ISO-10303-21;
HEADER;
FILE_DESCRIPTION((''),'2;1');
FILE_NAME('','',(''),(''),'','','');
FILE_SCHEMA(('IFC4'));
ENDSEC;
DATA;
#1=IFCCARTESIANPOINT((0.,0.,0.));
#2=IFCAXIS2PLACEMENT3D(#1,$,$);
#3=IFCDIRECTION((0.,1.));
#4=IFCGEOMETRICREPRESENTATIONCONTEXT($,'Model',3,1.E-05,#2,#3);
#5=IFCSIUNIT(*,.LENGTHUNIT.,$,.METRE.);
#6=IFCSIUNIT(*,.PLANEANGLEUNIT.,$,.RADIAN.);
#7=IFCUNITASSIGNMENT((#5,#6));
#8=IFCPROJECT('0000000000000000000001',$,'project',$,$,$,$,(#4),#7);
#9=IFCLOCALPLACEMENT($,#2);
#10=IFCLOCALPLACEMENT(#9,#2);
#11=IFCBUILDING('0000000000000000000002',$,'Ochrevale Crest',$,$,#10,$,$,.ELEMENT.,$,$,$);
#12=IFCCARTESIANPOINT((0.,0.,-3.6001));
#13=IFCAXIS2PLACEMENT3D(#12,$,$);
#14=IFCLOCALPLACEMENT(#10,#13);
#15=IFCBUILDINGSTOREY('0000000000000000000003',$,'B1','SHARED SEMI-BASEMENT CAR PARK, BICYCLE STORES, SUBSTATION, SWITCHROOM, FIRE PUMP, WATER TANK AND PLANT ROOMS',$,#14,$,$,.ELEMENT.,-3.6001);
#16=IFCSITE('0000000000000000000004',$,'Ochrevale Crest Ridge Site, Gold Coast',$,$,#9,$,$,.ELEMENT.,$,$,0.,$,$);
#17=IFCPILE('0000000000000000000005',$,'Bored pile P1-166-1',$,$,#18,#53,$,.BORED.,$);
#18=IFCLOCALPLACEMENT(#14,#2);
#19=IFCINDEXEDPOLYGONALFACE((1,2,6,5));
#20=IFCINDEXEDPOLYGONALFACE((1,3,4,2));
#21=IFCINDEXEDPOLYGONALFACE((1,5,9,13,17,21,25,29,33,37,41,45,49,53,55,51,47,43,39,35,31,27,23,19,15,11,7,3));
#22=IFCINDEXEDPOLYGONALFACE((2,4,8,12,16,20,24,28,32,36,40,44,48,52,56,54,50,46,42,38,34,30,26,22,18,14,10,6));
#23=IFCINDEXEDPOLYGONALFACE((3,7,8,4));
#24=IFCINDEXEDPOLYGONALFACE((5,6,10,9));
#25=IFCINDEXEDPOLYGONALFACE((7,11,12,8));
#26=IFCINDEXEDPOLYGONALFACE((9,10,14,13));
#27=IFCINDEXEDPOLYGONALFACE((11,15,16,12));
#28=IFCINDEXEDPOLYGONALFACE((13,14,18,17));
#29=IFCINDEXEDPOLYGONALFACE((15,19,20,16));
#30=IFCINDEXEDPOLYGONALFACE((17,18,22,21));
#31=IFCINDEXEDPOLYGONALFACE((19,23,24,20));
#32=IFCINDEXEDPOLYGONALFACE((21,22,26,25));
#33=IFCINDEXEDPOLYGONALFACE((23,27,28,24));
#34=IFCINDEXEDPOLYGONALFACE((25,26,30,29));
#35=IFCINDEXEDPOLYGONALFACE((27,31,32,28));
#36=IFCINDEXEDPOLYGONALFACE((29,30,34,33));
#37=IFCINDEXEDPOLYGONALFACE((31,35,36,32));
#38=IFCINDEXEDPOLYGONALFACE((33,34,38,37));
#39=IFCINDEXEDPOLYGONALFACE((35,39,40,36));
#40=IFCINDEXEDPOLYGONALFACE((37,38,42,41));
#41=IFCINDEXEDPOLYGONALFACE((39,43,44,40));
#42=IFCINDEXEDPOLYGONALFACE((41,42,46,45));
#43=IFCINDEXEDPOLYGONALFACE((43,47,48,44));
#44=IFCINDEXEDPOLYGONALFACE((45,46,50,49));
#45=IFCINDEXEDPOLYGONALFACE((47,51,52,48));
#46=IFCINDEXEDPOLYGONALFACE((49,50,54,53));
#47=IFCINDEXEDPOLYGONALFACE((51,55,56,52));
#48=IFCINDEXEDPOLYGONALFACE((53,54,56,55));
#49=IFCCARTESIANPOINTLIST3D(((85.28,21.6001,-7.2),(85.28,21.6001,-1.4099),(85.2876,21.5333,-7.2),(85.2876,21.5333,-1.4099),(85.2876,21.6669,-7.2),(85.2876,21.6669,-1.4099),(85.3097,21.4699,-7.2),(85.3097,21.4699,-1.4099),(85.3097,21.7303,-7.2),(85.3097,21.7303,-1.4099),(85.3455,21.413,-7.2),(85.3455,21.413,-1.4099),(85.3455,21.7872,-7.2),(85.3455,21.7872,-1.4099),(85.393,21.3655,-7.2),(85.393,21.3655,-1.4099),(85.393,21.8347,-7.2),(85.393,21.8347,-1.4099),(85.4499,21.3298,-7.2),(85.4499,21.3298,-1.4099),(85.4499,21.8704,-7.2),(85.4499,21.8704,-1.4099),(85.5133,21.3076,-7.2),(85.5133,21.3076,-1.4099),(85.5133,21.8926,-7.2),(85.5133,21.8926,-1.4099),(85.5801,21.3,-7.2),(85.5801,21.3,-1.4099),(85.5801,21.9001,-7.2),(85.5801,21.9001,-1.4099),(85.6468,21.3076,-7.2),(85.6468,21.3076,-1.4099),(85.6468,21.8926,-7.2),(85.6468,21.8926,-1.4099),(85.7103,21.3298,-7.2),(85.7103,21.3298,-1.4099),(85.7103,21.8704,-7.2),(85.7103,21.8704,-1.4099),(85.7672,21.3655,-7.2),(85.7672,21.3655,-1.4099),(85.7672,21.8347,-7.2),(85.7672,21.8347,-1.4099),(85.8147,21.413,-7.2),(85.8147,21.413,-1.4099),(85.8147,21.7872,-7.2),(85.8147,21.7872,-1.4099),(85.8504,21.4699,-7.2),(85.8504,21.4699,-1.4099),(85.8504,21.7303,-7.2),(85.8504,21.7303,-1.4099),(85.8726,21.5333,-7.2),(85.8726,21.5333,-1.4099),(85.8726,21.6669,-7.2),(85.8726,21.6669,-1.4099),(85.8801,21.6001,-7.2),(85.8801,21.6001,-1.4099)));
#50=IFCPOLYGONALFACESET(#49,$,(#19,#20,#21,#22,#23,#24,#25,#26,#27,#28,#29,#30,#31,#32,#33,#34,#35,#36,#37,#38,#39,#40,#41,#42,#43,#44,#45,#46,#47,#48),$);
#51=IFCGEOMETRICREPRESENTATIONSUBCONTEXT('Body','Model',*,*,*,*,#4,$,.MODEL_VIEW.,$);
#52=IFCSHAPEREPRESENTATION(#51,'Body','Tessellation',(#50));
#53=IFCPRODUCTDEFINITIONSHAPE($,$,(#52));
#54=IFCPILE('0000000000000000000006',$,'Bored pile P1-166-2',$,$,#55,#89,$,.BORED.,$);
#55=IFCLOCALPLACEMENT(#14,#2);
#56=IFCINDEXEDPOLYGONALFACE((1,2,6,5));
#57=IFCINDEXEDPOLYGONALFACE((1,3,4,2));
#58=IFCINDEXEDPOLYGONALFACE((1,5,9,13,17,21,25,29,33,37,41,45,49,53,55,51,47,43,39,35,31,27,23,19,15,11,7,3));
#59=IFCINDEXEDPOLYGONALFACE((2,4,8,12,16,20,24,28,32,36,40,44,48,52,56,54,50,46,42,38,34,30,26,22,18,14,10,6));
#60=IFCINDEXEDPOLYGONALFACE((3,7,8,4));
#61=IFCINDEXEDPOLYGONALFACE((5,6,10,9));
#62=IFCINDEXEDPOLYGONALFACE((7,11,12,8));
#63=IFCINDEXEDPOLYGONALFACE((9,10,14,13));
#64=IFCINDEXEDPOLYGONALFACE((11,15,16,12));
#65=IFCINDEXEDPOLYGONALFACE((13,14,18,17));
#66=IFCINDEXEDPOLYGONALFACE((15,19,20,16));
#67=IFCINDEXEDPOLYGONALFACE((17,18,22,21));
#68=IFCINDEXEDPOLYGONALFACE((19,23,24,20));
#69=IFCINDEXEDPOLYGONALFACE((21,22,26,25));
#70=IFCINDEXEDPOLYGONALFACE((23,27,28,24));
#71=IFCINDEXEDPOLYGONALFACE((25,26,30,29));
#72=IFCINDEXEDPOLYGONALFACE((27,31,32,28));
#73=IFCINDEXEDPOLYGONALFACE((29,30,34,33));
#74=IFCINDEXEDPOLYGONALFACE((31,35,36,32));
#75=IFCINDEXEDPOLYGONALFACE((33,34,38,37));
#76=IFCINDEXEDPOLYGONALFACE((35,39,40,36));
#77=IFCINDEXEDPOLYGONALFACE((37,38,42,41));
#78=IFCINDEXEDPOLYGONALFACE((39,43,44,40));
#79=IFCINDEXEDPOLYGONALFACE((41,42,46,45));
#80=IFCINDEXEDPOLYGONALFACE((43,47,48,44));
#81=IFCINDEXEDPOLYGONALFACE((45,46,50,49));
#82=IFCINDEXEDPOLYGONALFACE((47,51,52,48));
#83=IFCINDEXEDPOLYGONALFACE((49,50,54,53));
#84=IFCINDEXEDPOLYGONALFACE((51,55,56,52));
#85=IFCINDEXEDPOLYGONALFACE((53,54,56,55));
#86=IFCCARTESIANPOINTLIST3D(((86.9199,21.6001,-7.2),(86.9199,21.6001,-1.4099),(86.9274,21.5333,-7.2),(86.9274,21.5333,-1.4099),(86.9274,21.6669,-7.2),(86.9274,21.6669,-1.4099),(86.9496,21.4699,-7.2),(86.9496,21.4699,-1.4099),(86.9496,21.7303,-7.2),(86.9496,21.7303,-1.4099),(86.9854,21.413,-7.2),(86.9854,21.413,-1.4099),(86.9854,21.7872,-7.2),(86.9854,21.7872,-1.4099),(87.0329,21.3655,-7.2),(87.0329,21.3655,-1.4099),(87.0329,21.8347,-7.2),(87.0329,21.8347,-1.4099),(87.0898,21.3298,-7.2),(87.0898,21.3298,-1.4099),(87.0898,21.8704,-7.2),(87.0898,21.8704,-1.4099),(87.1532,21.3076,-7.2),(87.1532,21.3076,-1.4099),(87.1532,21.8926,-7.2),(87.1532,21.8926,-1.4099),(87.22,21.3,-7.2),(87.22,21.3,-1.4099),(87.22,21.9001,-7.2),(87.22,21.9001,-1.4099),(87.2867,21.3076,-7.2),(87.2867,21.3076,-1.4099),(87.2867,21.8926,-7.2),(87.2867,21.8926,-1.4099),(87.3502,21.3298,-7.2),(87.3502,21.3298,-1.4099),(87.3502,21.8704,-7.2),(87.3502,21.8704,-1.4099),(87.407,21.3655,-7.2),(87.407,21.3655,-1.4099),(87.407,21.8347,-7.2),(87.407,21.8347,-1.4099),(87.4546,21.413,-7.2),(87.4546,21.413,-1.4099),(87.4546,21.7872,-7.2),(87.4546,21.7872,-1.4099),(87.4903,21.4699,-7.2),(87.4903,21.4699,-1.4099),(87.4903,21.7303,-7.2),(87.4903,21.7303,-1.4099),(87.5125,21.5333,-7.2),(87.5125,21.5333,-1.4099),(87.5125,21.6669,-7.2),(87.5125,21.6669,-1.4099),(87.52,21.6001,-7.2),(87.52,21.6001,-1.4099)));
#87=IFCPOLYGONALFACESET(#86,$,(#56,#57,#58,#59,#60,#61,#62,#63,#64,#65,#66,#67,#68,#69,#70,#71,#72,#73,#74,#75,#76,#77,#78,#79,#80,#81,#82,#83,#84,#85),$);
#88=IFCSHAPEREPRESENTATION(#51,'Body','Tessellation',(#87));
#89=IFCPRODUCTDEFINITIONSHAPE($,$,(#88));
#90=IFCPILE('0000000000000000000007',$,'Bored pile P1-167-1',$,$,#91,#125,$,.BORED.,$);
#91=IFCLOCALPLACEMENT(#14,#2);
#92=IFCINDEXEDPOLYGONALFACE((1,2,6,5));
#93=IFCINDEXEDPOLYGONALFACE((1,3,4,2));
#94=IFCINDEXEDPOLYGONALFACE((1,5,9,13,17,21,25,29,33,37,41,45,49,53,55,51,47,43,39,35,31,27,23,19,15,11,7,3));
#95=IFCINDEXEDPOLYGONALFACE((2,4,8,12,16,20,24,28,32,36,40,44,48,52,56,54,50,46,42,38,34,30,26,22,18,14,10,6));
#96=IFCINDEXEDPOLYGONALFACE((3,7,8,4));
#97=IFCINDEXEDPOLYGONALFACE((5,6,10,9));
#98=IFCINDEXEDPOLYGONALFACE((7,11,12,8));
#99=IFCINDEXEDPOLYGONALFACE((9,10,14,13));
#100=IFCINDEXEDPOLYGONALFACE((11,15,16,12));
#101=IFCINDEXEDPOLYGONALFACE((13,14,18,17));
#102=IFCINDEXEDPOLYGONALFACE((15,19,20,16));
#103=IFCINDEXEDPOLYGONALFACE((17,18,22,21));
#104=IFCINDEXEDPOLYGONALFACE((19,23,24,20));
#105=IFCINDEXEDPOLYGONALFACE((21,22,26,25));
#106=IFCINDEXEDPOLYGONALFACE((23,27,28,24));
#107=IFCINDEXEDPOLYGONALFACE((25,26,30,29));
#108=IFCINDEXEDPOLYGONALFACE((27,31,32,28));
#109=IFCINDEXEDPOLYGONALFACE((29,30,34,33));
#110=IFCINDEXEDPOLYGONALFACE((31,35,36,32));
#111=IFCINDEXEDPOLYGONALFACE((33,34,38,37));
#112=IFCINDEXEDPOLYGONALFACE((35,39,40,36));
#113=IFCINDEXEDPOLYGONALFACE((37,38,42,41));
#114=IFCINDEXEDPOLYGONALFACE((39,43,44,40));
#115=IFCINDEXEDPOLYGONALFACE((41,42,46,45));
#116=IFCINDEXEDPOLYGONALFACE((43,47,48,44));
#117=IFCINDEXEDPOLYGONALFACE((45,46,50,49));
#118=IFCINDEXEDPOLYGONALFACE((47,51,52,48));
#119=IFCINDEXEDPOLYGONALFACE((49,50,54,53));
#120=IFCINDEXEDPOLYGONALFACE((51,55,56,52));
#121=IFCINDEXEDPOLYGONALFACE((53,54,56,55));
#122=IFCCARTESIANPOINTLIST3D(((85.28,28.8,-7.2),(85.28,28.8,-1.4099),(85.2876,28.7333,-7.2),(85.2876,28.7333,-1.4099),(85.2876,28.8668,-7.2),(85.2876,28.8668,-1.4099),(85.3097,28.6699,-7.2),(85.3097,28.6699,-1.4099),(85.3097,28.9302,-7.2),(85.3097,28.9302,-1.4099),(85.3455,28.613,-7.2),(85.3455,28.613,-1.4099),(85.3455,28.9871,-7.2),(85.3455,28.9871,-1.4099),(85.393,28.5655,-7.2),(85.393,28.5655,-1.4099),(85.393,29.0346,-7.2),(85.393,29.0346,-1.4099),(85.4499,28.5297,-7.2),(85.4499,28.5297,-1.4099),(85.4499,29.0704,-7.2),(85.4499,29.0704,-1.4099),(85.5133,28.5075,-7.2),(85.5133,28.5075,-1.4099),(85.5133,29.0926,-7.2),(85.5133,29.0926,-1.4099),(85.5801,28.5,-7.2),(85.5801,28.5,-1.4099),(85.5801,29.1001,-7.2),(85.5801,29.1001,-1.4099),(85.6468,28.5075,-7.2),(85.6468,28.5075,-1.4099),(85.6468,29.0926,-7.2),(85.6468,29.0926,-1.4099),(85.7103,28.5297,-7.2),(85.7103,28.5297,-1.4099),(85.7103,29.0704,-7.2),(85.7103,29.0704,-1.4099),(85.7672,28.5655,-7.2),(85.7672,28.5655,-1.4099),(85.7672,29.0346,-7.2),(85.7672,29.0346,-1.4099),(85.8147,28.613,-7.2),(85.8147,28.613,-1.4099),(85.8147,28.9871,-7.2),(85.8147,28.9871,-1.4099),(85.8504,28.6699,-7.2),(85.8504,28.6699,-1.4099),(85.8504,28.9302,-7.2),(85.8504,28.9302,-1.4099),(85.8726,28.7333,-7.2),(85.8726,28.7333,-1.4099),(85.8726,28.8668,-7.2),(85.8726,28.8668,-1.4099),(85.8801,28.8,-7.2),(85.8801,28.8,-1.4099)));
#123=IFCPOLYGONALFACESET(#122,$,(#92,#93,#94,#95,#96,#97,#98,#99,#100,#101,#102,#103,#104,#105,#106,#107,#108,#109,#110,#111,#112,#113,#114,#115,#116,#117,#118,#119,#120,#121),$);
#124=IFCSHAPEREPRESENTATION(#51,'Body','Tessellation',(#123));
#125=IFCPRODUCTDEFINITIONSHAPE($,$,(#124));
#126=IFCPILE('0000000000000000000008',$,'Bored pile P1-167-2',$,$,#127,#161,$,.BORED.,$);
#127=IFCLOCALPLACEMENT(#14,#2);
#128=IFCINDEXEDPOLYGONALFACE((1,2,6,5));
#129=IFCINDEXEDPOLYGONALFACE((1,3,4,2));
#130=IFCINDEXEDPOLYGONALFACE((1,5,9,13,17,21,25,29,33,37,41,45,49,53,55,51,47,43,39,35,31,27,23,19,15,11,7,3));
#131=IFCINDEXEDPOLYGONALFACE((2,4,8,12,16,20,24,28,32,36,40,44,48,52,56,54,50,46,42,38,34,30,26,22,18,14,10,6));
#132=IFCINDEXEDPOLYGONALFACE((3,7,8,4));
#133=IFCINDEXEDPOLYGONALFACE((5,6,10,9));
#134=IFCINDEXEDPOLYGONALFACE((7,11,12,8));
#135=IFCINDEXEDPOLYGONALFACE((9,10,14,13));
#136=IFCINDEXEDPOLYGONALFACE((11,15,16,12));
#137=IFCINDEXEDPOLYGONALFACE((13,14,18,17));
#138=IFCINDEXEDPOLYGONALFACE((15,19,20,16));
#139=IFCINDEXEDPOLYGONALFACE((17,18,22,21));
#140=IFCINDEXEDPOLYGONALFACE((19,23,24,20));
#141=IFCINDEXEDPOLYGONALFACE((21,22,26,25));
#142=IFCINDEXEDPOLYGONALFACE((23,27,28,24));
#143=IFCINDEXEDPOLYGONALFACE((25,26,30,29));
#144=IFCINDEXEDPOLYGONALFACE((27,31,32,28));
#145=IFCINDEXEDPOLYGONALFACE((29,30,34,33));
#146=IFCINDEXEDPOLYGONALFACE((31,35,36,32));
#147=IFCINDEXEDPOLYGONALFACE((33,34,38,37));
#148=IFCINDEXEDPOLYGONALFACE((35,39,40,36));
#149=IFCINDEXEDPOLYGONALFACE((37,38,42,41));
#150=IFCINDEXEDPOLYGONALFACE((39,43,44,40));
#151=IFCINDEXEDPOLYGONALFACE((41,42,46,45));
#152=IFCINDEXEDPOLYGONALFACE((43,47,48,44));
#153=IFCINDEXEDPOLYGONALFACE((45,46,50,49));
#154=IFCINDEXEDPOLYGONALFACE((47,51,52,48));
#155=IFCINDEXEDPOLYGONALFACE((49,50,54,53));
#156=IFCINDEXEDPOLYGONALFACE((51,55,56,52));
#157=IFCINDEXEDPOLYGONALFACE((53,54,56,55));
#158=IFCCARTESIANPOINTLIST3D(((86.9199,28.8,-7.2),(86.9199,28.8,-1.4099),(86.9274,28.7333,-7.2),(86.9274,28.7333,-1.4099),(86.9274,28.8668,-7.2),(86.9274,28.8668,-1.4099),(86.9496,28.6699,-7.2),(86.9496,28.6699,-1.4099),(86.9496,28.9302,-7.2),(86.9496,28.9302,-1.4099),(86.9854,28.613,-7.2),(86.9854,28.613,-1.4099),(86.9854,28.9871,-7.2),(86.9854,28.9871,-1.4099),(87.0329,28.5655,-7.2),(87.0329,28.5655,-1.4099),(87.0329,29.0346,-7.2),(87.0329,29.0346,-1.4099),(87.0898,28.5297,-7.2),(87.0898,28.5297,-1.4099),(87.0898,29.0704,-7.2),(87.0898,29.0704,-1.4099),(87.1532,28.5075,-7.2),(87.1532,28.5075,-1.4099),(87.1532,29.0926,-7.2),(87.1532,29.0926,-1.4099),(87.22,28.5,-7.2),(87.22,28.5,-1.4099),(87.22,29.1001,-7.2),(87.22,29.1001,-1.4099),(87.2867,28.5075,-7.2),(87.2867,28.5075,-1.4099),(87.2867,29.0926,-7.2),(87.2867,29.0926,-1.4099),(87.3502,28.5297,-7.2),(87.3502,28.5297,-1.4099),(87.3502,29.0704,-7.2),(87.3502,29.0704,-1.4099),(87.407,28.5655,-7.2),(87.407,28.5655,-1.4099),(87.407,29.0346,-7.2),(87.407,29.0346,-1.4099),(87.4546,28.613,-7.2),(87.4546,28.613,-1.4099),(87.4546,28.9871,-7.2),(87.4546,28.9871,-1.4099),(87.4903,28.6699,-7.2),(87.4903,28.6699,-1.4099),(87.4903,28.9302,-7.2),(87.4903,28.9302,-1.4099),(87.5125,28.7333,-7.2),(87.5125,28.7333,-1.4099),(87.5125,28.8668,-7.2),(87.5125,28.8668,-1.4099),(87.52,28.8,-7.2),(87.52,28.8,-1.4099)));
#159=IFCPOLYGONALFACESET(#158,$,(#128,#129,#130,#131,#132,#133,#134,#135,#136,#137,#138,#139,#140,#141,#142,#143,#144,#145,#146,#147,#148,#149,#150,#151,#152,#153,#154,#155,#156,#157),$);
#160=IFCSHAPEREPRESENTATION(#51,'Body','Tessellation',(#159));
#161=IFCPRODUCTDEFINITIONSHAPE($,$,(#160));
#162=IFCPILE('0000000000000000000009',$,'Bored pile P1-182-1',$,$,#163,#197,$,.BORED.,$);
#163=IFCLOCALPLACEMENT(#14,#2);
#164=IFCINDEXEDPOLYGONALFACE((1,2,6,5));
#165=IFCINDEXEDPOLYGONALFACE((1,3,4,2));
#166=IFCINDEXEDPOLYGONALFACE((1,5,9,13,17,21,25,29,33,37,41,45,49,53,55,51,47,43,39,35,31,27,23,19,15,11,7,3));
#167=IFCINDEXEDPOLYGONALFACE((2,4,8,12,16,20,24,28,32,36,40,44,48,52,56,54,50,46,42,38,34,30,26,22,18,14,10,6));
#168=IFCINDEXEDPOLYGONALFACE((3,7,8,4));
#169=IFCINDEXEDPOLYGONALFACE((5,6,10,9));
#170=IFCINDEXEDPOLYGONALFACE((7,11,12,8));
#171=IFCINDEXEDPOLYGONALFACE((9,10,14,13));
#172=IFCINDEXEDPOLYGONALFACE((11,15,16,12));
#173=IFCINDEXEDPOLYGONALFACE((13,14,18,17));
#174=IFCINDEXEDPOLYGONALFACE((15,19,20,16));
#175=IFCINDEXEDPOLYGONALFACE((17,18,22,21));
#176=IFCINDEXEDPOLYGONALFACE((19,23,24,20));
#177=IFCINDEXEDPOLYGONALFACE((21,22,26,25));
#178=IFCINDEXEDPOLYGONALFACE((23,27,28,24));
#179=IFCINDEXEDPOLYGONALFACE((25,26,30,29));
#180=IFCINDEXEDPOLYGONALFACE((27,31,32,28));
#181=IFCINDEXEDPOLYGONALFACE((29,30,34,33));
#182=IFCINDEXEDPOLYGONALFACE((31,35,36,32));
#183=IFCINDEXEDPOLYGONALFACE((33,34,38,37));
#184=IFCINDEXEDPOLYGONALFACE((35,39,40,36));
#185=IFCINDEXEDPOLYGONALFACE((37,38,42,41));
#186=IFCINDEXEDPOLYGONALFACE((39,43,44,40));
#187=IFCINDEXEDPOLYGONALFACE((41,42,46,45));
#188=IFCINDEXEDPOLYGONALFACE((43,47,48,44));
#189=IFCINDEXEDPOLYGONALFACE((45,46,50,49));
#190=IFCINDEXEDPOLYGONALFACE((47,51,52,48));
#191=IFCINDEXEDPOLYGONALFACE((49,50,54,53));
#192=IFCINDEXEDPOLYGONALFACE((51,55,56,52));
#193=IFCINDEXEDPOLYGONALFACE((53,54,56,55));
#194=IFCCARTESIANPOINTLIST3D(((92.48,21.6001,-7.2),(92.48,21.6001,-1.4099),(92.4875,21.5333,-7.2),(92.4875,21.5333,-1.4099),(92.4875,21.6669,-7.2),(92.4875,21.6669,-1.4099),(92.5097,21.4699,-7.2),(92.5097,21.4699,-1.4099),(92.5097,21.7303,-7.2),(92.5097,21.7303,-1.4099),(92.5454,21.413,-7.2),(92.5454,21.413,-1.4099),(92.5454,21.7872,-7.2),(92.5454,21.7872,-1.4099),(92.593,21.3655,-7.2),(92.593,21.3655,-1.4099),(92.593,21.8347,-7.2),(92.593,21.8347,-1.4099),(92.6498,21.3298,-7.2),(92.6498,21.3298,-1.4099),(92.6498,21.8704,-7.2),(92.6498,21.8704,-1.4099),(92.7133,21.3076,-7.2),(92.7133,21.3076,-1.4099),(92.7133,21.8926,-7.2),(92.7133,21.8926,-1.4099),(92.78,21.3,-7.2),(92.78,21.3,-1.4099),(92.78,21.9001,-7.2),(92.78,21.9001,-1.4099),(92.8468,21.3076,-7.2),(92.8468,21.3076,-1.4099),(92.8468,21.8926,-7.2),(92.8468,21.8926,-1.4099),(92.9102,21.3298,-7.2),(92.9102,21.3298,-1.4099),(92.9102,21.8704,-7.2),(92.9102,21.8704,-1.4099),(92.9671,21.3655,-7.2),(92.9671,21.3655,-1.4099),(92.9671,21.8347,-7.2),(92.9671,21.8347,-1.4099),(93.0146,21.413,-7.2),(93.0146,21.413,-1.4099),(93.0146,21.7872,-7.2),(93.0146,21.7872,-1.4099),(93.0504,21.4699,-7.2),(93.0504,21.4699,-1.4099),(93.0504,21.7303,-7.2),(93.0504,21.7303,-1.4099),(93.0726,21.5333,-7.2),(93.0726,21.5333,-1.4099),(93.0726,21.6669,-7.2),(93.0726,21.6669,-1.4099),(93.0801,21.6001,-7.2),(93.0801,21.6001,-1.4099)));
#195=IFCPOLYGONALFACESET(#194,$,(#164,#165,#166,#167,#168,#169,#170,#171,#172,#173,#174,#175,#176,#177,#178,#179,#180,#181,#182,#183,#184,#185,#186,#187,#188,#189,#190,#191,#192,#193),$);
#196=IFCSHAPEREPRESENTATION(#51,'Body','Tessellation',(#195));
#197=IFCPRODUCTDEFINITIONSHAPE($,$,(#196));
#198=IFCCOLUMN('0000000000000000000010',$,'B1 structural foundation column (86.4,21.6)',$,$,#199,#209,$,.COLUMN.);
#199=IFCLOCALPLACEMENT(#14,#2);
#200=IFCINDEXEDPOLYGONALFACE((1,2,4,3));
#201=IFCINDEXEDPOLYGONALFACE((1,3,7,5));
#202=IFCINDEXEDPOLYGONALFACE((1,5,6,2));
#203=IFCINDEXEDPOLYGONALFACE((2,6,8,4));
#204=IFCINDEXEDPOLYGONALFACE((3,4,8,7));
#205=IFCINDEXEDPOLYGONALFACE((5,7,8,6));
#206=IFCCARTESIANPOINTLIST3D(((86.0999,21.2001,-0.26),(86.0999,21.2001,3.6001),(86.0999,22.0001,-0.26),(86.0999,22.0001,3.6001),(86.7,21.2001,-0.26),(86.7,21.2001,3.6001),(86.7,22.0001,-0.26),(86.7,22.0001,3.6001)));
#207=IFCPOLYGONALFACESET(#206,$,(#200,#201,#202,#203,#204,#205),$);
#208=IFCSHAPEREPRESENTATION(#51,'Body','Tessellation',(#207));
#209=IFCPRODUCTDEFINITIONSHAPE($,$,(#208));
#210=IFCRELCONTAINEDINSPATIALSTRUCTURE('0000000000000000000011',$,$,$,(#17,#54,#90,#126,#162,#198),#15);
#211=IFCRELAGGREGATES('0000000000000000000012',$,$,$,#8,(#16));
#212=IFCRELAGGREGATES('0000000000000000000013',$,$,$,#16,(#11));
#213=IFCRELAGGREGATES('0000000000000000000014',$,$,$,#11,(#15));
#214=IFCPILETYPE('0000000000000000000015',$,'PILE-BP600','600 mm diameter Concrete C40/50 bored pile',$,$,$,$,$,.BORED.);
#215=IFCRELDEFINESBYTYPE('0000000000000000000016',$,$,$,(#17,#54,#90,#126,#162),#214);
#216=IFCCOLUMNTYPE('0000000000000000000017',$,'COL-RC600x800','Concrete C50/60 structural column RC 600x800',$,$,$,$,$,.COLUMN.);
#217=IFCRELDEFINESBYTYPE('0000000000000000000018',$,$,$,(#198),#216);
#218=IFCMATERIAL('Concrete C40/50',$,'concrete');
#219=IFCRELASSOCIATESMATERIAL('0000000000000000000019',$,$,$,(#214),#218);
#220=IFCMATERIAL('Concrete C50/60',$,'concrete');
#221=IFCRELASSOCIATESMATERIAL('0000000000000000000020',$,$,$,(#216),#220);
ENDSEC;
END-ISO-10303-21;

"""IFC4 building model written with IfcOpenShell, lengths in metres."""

from ifc_helpers import new_model, si_unit, direction, frame, origin, origin_2d, place, context, subcontext, project, spatial, rectangle, circle, extrude, material, material_profile, profile_set, type_object, element, save


model = new_model("IFC4")

# Units and contexts
model_context = context("Model", 3, precision=1e-05, world=origin(), true_north=direction((0.0, 1.0)))
body_context = subcontext(model_context, "Body", "Model", "MODEL_VIEW")
ifc_project = project(units=[si_unit("LENGTHUNIT", "METRE"), si_unit("PLANEANGLEUNIT", "RADIAN")], contexts=[model_context])

# Site, building, storey
site_placement = place(None, origin())
site = spatial("IfcSite", under=ifc_project, at=site_placement, Name="Ochrevale Crest Ridge Site, Gold Coast", CompositionType="ELEMENT", RefElevation=0.0)
building_placement = place(site_placement, origin())
building = spatial("IfcBuilding", under=site, at=building_placement, Name="Ochrevale Crest", CompositionType="ELEMENT")
storey_placement = place(building_placement, frame((0.0, 0.0, -3.6001)))
storey = spatial("IfcBuildingStorey", under=building, at=storey_placement, Name="B1", Description="SHARED SEMI-BASEMENT CAR PARK, BICYCLE STORES, SUBSTATION, SWITCHROOM, FIRE PUMP, WATER TANK AND PLANT ROOMS", CompositionType="ELEMENT", Elevation=-3.6001)

# Shared definitions
ifc_material_1 = material(Name="Concrete C40/50", Category="concrete")

# Piles
ifc_material_profile_1 = material_profile(ifc_material_1, circle(Radius=0.3, at=origin_2d()), Name="BORED PILE 600")
ifc_profile_set_1 = profile_set([ifc_material_profile_1], Name="Concrete C40/50")
pile_type = type_object("IfcPileType", Name="PILE-BP600", Description="600 mm diameter Concrete C40/50 bored pile", PredefinedType="BORED", material=ifc_profile_set_1)
for number, where, z_axis, x_axis, name in (
    (1, (85.5801, 21.6001, -1.4099), (0.0, 0.0, -1.0), (1.0, 0.0, 0.0), "Bored pile P1-166-1"),
    (2, (87.22, 21.6001, -1.4099), (0.0, 0.0, -1.0), (1.0, 0.0, 0.0), "Bored pile P1-166-2"),
    (3, (85.5801, 28.8, -1.4099), (0.0, 0.0, -1.0), (1.0, 0.0, 0.0), "Bored pile P1-167-1"),
    (4, (87.22, 28.8, -1.4099), (0.0, 0.0, -1.0), (1.0, 0.0, 0.0), "Bored pile P1-167-2"),
    (5, (92.78, 21.6001, -1.4099), (0.0, 0.0, -1.0), (1.0, 0.0, 0.0), "Bored pile P1-182-1"),
):
    element("IfcPile", number, at=place(storey_placement, frame(where, z_axis=z_axis, x_axis=x_axis)), inside=storey, type_object=pile_type, Name=name, PredefinedType="BORED", context=body_context, shape_type="SweptSolid", body=[
        extrude(circle(Radius=0.3, at=origin_2d()), origin(), (0.0, 0.0, 1.0), 5.79),
    ])

# Column
ifc_material_2 = material(Name="Concrete C50/60", Category="concrete")
ifc_material_profile_2 = material_profile(ifc_material_2, rectangle(XDim=0.6001, YDim=0.8, at=origin_2d()), Name="RC 600x800")
ifc_profile_set_2 = profile_set([ifc_material_profile_2], Name="Concrete C50/60")
column_type = type_object("IfcColumnType", Name="COL-RC600x800", Description="Concrete C50/60 structural column RC 600x800", PredefinedType="COLUMN", material=ifc_profile_set_2)
for number, where, z_axis, x_axis, name in (
    (6, (86.3999, 21.6001, -0.26), (0.0, 0.0, 1.0), (1.0, 0.0, 0.0), "B1 structural foundation column (86.4,21.6)"),
):
    element("IfcColumn", number, at=place(storey_placement, frame(where, z_axis=z_axis, x_axis=x_axis)), inside=storey, type_object=column_type, Name=name, PredefinedType="COLUMN", context=body_context, shape_type="SweptSolid", body=[
        extrude(rectangle(XDim=0.6001, YDim=0.8, at=origin_2d()), origin(), (0.0, 0.0, 1.0), 3.8601),
    ])

save(model, "model.ifc")
